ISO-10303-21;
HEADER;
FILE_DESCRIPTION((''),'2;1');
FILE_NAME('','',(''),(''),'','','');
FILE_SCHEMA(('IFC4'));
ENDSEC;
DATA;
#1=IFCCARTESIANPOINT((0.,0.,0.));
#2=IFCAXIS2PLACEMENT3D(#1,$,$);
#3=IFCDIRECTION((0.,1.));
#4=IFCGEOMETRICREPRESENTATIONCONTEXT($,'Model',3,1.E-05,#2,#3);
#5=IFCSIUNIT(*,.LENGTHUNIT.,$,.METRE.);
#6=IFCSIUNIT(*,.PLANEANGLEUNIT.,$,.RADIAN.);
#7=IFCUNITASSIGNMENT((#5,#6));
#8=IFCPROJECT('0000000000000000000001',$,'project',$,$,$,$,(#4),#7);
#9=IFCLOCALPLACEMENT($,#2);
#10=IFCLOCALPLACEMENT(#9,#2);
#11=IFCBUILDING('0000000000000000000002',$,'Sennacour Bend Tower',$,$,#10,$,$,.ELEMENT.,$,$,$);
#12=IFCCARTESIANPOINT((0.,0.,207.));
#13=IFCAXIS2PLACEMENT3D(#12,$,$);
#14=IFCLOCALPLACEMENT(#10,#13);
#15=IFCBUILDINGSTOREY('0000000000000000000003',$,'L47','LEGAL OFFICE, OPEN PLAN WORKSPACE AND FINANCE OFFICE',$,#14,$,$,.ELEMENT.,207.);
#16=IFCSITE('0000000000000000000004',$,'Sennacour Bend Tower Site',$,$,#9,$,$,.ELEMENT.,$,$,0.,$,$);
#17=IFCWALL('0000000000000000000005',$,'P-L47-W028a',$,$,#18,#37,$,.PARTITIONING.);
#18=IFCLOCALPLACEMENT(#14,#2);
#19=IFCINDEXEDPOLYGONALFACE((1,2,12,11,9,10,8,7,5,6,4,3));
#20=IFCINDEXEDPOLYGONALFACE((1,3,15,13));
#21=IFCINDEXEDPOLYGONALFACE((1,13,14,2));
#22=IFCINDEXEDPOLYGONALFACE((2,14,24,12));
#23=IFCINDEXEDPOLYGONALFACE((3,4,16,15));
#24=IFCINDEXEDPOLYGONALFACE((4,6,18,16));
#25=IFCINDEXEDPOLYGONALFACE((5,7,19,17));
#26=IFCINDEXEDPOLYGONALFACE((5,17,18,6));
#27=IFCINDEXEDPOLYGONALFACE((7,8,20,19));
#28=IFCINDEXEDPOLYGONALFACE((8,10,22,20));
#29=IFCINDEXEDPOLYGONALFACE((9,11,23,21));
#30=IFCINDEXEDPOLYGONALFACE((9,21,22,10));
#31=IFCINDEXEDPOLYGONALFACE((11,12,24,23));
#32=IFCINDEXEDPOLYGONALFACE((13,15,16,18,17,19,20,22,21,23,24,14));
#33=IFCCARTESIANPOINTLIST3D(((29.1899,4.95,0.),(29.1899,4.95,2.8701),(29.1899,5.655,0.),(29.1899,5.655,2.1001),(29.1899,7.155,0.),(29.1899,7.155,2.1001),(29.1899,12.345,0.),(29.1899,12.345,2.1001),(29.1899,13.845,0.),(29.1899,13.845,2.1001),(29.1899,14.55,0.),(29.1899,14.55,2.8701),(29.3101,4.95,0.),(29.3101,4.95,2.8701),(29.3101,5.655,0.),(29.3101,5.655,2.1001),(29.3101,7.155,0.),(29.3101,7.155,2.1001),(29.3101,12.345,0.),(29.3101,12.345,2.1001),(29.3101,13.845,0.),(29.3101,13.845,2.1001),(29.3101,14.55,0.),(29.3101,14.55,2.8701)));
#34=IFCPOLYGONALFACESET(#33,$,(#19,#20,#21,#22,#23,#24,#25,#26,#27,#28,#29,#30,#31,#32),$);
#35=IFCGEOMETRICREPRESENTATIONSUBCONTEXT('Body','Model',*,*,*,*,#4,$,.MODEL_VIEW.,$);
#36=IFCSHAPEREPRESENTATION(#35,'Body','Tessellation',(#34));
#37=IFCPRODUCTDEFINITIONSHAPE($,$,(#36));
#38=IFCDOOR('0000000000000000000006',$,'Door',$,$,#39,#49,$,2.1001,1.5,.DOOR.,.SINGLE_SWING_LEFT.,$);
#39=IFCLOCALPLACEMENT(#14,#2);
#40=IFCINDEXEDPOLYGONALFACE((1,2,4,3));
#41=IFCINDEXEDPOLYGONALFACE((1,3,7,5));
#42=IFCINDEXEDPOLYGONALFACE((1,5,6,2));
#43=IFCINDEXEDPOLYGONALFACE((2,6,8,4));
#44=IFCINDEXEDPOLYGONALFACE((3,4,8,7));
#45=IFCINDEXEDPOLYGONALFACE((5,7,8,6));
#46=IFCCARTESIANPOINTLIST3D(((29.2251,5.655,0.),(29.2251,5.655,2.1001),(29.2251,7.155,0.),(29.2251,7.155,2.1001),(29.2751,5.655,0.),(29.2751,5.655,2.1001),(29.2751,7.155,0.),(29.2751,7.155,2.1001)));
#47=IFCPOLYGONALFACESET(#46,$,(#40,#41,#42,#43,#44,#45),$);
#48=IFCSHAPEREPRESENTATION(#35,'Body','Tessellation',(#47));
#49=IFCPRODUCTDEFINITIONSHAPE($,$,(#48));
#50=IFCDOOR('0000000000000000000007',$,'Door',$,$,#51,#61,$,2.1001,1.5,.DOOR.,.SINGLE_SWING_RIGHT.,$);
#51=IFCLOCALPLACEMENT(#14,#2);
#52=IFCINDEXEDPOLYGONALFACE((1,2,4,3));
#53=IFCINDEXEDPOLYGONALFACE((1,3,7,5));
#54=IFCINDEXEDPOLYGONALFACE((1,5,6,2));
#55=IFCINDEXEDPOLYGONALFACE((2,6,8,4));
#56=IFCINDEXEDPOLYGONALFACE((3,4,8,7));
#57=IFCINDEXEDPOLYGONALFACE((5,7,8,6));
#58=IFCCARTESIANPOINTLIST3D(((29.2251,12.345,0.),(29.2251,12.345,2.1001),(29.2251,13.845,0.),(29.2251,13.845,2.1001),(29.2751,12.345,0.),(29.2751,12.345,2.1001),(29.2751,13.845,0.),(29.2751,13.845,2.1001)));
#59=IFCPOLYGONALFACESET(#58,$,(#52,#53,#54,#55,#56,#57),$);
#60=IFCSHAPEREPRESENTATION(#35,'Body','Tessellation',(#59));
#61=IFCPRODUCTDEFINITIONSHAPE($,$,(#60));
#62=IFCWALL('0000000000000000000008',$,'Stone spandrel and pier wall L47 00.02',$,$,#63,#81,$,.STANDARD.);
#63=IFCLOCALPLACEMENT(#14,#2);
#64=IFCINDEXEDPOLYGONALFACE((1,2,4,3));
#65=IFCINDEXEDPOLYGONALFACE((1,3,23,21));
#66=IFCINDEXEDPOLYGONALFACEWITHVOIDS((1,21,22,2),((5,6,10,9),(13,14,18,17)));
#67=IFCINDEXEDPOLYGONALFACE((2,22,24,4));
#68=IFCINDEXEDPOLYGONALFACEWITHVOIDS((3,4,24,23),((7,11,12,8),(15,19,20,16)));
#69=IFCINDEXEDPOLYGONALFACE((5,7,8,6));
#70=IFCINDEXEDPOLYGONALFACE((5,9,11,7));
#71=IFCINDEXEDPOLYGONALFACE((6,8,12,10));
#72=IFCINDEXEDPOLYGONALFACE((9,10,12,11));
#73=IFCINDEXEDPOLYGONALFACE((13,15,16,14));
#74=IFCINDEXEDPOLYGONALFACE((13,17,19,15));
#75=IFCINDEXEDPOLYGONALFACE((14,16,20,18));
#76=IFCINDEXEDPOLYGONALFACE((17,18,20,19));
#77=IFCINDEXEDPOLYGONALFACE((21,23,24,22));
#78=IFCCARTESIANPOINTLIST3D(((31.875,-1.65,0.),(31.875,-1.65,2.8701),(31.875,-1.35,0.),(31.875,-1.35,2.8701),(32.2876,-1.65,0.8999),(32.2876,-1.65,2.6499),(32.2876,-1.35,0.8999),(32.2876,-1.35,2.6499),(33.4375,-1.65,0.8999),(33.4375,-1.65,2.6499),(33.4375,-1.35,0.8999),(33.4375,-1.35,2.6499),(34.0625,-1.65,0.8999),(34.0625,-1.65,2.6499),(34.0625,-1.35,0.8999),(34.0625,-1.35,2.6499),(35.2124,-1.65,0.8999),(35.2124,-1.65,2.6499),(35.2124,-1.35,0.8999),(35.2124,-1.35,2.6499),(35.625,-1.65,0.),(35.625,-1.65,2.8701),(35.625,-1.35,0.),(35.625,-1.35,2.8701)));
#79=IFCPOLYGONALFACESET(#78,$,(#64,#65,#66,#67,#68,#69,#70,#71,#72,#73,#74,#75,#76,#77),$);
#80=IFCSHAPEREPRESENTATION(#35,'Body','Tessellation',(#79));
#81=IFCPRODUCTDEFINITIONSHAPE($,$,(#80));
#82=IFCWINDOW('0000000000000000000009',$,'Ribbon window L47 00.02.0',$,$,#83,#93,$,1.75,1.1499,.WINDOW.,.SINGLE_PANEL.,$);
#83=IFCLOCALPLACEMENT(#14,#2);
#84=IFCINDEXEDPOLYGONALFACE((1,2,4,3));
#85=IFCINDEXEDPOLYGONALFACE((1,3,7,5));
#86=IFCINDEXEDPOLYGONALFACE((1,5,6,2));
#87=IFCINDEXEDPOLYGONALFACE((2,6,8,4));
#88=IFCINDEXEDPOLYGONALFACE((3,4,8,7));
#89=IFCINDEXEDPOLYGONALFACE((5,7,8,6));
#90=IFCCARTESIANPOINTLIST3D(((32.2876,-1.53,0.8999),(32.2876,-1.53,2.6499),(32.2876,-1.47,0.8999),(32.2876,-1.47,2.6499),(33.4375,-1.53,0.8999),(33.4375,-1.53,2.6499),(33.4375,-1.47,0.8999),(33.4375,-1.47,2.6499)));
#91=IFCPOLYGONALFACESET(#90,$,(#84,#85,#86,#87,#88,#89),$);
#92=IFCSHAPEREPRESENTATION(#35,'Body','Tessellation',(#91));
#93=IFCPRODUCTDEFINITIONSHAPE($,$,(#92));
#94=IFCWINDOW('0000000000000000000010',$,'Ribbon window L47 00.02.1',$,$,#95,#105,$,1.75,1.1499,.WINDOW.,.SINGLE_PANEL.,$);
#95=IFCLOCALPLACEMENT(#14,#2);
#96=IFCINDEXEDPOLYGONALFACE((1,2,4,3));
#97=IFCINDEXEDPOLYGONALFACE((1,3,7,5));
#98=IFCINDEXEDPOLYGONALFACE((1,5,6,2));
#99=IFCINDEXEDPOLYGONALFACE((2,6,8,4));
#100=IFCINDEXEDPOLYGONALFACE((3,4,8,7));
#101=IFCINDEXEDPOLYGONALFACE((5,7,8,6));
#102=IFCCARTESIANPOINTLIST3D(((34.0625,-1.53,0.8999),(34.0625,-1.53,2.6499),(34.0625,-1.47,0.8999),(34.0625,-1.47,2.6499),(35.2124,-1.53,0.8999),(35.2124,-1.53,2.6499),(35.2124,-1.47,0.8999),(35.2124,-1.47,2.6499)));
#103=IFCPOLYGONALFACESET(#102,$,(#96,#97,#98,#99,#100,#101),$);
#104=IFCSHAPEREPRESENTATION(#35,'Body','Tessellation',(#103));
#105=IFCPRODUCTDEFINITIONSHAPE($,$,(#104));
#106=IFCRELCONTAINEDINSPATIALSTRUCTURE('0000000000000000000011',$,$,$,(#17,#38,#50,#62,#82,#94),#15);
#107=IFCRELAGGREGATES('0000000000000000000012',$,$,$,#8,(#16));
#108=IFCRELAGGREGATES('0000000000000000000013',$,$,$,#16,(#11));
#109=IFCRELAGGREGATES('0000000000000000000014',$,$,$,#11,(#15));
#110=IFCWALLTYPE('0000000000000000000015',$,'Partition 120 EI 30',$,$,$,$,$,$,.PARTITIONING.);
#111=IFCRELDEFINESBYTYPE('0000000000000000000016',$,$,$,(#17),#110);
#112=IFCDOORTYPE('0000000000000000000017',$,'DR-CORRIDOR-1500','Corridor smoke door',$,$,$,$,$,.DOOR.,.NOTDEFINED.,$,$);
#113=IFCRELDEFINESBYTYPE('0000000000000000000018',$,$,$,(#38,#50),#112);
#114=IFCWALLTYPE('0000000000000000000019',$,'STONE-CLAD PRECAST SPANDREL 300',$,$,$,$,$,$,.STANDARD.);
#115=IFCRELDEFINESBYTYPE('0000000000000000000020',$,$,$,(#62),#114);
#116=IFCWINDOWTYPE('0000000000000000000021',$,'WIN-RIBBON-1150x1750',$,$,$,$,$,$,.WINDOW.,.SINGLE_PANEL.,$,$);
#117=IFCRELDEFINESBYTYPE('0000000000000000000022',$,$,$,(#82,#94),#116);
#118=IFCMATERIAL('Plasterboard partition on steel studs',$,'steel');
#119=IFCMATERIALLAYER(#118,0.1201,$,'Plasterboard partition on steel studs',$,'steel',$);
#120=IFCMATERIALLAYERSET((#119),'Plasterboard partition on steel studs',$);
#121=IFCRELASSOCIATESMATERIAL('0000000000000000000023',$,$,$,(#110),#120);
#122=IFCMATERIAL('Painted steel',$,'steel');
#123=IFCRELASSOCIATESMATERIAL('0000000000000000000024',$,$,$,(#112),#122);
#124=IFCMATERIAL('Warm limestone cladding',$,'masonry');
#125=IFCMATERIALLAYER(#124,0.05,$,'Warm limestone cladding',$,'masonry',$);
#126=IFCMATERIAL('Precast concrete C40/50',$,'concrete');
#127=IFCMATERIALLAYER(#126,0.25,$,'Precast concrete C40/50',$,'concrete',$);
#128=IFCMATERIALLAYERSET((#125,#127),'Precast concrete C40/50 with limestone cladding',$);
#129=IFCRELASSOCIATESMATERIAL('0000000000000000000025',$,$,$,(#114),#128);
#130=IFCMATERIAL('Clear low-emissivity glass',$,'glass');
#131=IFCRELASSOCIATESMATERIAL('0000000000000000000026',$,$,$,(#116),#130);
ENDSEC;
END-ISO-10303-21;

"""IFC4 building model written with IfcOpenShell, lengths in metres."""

from ifc_helpers import new_model, si_unit, direction, frame, frame_2d, origin, place, context, subcontext, project, spatial, rectangle, extrude, material, layer, layer_set, type_object, element, fill, save


model = new_model("IFC4")

# Units and contexts
model_context = context("Model", 3, precision=1e-05, world=origin(), true_north=direction((0.0, 1.0)))
body_context = subcontext(model_context, "Body", "Model", "MODEL_VIEW")
ifc_project = project(units=[si_unit("LENGTHUNIT", "METRE"), si_unit("PLANEANGLEUNIT", "RADIAN")], contexts=[model_context])

# Site, building, storey
site_placement = place(None, origin())
site = spatial("IfcSite", under=ifc_project, at=site_placement, Name="Sennacour Bend Tower Site", CompositionType="ELEMENT", RefElevation=0.0)
building_placement = place(site_placement, origin())
building = spatial("IfcBuilding", under=site, at=building_placement, Name="Sennacour Bend Tower", CompositionType="ELEMENT")
storey_placement = place(building_placement, frame((0.0, 0.0, 207.0)))
storey = spatial("IfcBuildingStorey", under=building, at=storey_placement, Name="L47", Description="LEGAL OFFICE, OPEN PLAN WORKSPACE AND FINANCE OFFICE", CompositionType="ELEMENT", Elevation=207.0)

# Shared definitions
ifc_material_1 = material(Name="Plasterboard partition on steel studs", Category="steel")

# Wall, openings, doors
ifc_layer_1 = layer(ifc_material_1, 0.1201, Name="Plasterboard partition on steel studs", Category="steel")
ifc_layer_set_1 = layer_set([ifc_layer_1], Name="Plasterboard partition on steel studs")
wall_type_1 = type_object("IfcWallType", Name="Partition 120 EI 30", PredefinedType="PARTITIONING", material=ifc_layer_set_1)
wall_1_placement = place(storey_placement, frame((29.25, 4.95, 0.0), z_axis=(0.0, 0.0, 1.0), x_axis=(0.0, 1.0, 0.0)))
wall_1 = element("IfcWall", 1, at=wall_1_placement, inside=storey, type_object=wall_type_1, Name="P-L47-W028a", PredefinedType="PARTITIONING", context=body_context, shape_type="SweptSolid", body=[
    extrude(rectangle(XDim=9.6001, YDim=0.1201, at=frame_2d((4.8, 0.0))), origin(), (0.0, 0.0, 1.0), 2.8701),
])
opening_1_placement = place(wall_1_placement, frame((0.7051, 0.0, 0.0)))
opening_1 = element("IfcOpeningElement", 2, at=opening_1_placement, cuts=wall_1, PredefinedType="OPENING", context=body_context, shape_type="SweptSolid", body=[
    extrude(rectangle(XDim=1.5, YDim=2.1001, at=frame_2d((0.75, 1.05))), frame((0.0, 0.0701, 0.0), z_axis=(0.0, -1.0, 0.0), x_axis=(1.0, 0.0, 0.0)), (0.0, 0.0, 1.0), 0.1401),
])
opening_2_placement = place(wall_1_placement, frame((7.395, 0.0, 0.0)))
opening_2 = element("IfcOpeningElement", 3, at=opening_2_placement, cuts=wall_1, PredefinedType="OPENING", context=body_context, shape_type="SweptSolid", body=[
    extrude(rectangle(XDim=1.5, YDim=2.1001, at=frame_2d((0.75, 1.05))), frame((0.0, 0.0701, 0.0), z_axis=(0.0, -1.0, 0.0), x_axis=(1.0, 0.0, 0.0)), (0.0, 0.0, 1.0), 0.1401),
])
ifc_material_2 = material(Name="Painted steel", Category="steel")
door_type_1 = type_object("IfcDoorType", Name="DR-CORRIDOR-1500", Description="Corridor smoke door", OperationType="NOTDEFINED", PredefinedType="DOOR", material=ifc_material_2)
door_1_placement = place(opening_1_placement, origin())
door_1 = element("IfcDoor", 4, at=door_1_placement, inside=storey, type_object=door_type_1, Name="Door", OperationType="SINGLE_SWING_LEFT", OverallHeight=2.1001, OverallWidth=1.5, PredefinedType="DOOR", context=body_context, shape_type="SweptSolid", body=[
    extrude(rectangle(XDim=1.5, YDim=2.1001, at=frame_2d((0.75, 1.05))), frame((0.0, 0.0249, 0.0), z_axis=(0.0, -1.0, 0.0), x_axis=(1.0, 0.0, 0.0)), (0.0, 0.0, 1.0), 0.05),
])
fill(opening_1, door_1)
door_2_placement = place(opening_2_placement, origin())
door_2 = element("IfcDoor", 5, at=door_2_placement, inside=storey, type_object=door_type_1, Name="Door", OperationType="SINGLE_SWING_RIGHT", OverallHeight=2.1001, OverallWidth=1.5, PredefinedType="DOOR", context=body_context, shape_type="SweptSolid", body=[
    extrude(rectangle(XDim=1.5, YDim=2.1001, at=frame_2d((0.75, 1.05))), frame((0.0, 0.0249, 0.0), z_axis=(0.0, -1.0, 0.0), x_axis=(1.0, 0.0, 0.0)), (0.0, 0.0, 1.0), 0.05),
])
fill(opening_2, door_2)

# Wall, openings, windows
ifc_material_3 = material(Name="Warm limestone cladding", Category="masonry")
ifc_layer_2 = layer(ifc_material_3, 0.05, Name="Warm limestone cladding", Category="masonry")
ifc_material_4 = material(Name="Precast concrete C40/50", Category="concrete")
ifc_layer_3 = layer(ifc_material_4, 0.25, Name="Precast concrete C40/50", Category="concrete")
ifc_layer_set_2 = layer_set([ifc_layer_2, ifc_layer_3], Name="Precast concrete C40/50 with limestone cladding")
wall_type_2 = type_object("IfcWallType", Name="STONE-CLAD PRECAST SPANDREL 300", PredefinedType="STANDARD", material=ifc_layer_set_2)
wall_2_placement = place(storey_placement, frame((31.875, -1.5, 0.0), z_axis=(0.0, 0.0, 1.0), x_axis=(1.0, 0.0, 0.0)))
wall_2 = element("IfcWall", 6, at=wall_2_placement, inside=storey, type_object=wall_type_2, Name="Stone spandrel and pier wall L47 00.02", PredefinedType="STANDARD", context=body_context, shape_type="SweptSolid", body=[
    extrude(rectangle(XDim=3.75, YDim=0.3, at=frame_2d((1.875, 0.0))), origin(), (0.0, 0.0, 1.0), 2.8701),
])
opening_3_placement = place(wall_2_placement, frame((0.4126, 0.0, 0.8999)))
opening_3 = element("IfcOpeningElement", 7, at=opening_3_placement, cuts=wall_2, PredefinedType="OPENING", context=body_context, shape_type="SweptSolid", body=[
    extrude(rectangle(XDim=1.1499, YDim=1.75, at=frame_2d((0.575, 0.875))), frame((0.0, 0.1602, 0.0), z_axis=(0.0, -1.0, 0.0), x_axis=(1.0, 0.0, 0.0)), (0.0, 0.0, 1.0), 0.3201),
])
opening_4_placement = place(wall_2_placement, frame((2.1875, 0.0, 0.8999)))
opening_4 = element("IfcOpeningElement", 8, at=opening_4_placement, cuts=wall_2, PredefinedType="OPENING", context=body_context, shape_type="SweptSolid", body=[
    extrude(rectangle(XDim=1.1499, YDim=1.75, at=frame_2d((0.575, 0.875))), frame((0.0, 0.1602, 0.0), z_axis=(0.0, -1.0, 0.0), x_axis=(1.0, 0.0, 0.0)), (0.0, 0.0, 1.0), 0.3201),
])
ifc_material_5 = material(Name="Clear low-emissivity glass", Category="glass")
window_type = type_object("IfcWindowType", Name="WIN-RIBBON-1150x1750", PartitioningType="SINGLE_PANEL", PredefinedType="WINDOW", material=ifc_material_5)
window_1_placement = place(opening_3_placement, origin())
window_1 = element("IfcWindow", 9, at=window_1_placement, inside=storey, type_object=window_type, Name="Ribbon window L47 00.02.0", OverallHeight=1.75, OverallWidth=1.1499, PartitioningType="SINGLE_PANEL", PredefinedType="WINDOW", context=body_context, shape_type="SweptSolid", body=[
    extrude(rectangle(XDim=1.1499, YDim=1.75, at=frame_2d((0.575, 0.875))), frame((0.0, 0.03, 0.0), z_axis=(0.0, -1.0, 0.0), x_axis=(1.0, 0.0, 0.0)), (0.0, 0.0, 1.0), 0.0601),
])
fill(opening_3, window_1)
window_2_placement = place(opening_4_placement, origin())
window_2 = element("IfcWindow", 10, at=window_2_placement, inside=storey, type_object=window_type, Name="Ribbon window L47 00.02.1", OverallHeight=1.75, OverallWidth=1.1499, PartitioningType="SINGLE_PANEL", PredefinedType="WINDOW", context=body_context, shape_type="SweptSolid", body=[
    extrude(rectangle(XDim=1.1499, YDim=1.75, at=frame_2d((0.575, 0.875))), frame((0.0, 0.03, 0.0), z_axis=(0.0, -1.0, 0.0), x_axis=(1.0, 0.0, 0.0)), (0.0, 0.0, 1.0), 0.0601),
])
fill(opening_4, window_2)

save(model, "model.ifc")
